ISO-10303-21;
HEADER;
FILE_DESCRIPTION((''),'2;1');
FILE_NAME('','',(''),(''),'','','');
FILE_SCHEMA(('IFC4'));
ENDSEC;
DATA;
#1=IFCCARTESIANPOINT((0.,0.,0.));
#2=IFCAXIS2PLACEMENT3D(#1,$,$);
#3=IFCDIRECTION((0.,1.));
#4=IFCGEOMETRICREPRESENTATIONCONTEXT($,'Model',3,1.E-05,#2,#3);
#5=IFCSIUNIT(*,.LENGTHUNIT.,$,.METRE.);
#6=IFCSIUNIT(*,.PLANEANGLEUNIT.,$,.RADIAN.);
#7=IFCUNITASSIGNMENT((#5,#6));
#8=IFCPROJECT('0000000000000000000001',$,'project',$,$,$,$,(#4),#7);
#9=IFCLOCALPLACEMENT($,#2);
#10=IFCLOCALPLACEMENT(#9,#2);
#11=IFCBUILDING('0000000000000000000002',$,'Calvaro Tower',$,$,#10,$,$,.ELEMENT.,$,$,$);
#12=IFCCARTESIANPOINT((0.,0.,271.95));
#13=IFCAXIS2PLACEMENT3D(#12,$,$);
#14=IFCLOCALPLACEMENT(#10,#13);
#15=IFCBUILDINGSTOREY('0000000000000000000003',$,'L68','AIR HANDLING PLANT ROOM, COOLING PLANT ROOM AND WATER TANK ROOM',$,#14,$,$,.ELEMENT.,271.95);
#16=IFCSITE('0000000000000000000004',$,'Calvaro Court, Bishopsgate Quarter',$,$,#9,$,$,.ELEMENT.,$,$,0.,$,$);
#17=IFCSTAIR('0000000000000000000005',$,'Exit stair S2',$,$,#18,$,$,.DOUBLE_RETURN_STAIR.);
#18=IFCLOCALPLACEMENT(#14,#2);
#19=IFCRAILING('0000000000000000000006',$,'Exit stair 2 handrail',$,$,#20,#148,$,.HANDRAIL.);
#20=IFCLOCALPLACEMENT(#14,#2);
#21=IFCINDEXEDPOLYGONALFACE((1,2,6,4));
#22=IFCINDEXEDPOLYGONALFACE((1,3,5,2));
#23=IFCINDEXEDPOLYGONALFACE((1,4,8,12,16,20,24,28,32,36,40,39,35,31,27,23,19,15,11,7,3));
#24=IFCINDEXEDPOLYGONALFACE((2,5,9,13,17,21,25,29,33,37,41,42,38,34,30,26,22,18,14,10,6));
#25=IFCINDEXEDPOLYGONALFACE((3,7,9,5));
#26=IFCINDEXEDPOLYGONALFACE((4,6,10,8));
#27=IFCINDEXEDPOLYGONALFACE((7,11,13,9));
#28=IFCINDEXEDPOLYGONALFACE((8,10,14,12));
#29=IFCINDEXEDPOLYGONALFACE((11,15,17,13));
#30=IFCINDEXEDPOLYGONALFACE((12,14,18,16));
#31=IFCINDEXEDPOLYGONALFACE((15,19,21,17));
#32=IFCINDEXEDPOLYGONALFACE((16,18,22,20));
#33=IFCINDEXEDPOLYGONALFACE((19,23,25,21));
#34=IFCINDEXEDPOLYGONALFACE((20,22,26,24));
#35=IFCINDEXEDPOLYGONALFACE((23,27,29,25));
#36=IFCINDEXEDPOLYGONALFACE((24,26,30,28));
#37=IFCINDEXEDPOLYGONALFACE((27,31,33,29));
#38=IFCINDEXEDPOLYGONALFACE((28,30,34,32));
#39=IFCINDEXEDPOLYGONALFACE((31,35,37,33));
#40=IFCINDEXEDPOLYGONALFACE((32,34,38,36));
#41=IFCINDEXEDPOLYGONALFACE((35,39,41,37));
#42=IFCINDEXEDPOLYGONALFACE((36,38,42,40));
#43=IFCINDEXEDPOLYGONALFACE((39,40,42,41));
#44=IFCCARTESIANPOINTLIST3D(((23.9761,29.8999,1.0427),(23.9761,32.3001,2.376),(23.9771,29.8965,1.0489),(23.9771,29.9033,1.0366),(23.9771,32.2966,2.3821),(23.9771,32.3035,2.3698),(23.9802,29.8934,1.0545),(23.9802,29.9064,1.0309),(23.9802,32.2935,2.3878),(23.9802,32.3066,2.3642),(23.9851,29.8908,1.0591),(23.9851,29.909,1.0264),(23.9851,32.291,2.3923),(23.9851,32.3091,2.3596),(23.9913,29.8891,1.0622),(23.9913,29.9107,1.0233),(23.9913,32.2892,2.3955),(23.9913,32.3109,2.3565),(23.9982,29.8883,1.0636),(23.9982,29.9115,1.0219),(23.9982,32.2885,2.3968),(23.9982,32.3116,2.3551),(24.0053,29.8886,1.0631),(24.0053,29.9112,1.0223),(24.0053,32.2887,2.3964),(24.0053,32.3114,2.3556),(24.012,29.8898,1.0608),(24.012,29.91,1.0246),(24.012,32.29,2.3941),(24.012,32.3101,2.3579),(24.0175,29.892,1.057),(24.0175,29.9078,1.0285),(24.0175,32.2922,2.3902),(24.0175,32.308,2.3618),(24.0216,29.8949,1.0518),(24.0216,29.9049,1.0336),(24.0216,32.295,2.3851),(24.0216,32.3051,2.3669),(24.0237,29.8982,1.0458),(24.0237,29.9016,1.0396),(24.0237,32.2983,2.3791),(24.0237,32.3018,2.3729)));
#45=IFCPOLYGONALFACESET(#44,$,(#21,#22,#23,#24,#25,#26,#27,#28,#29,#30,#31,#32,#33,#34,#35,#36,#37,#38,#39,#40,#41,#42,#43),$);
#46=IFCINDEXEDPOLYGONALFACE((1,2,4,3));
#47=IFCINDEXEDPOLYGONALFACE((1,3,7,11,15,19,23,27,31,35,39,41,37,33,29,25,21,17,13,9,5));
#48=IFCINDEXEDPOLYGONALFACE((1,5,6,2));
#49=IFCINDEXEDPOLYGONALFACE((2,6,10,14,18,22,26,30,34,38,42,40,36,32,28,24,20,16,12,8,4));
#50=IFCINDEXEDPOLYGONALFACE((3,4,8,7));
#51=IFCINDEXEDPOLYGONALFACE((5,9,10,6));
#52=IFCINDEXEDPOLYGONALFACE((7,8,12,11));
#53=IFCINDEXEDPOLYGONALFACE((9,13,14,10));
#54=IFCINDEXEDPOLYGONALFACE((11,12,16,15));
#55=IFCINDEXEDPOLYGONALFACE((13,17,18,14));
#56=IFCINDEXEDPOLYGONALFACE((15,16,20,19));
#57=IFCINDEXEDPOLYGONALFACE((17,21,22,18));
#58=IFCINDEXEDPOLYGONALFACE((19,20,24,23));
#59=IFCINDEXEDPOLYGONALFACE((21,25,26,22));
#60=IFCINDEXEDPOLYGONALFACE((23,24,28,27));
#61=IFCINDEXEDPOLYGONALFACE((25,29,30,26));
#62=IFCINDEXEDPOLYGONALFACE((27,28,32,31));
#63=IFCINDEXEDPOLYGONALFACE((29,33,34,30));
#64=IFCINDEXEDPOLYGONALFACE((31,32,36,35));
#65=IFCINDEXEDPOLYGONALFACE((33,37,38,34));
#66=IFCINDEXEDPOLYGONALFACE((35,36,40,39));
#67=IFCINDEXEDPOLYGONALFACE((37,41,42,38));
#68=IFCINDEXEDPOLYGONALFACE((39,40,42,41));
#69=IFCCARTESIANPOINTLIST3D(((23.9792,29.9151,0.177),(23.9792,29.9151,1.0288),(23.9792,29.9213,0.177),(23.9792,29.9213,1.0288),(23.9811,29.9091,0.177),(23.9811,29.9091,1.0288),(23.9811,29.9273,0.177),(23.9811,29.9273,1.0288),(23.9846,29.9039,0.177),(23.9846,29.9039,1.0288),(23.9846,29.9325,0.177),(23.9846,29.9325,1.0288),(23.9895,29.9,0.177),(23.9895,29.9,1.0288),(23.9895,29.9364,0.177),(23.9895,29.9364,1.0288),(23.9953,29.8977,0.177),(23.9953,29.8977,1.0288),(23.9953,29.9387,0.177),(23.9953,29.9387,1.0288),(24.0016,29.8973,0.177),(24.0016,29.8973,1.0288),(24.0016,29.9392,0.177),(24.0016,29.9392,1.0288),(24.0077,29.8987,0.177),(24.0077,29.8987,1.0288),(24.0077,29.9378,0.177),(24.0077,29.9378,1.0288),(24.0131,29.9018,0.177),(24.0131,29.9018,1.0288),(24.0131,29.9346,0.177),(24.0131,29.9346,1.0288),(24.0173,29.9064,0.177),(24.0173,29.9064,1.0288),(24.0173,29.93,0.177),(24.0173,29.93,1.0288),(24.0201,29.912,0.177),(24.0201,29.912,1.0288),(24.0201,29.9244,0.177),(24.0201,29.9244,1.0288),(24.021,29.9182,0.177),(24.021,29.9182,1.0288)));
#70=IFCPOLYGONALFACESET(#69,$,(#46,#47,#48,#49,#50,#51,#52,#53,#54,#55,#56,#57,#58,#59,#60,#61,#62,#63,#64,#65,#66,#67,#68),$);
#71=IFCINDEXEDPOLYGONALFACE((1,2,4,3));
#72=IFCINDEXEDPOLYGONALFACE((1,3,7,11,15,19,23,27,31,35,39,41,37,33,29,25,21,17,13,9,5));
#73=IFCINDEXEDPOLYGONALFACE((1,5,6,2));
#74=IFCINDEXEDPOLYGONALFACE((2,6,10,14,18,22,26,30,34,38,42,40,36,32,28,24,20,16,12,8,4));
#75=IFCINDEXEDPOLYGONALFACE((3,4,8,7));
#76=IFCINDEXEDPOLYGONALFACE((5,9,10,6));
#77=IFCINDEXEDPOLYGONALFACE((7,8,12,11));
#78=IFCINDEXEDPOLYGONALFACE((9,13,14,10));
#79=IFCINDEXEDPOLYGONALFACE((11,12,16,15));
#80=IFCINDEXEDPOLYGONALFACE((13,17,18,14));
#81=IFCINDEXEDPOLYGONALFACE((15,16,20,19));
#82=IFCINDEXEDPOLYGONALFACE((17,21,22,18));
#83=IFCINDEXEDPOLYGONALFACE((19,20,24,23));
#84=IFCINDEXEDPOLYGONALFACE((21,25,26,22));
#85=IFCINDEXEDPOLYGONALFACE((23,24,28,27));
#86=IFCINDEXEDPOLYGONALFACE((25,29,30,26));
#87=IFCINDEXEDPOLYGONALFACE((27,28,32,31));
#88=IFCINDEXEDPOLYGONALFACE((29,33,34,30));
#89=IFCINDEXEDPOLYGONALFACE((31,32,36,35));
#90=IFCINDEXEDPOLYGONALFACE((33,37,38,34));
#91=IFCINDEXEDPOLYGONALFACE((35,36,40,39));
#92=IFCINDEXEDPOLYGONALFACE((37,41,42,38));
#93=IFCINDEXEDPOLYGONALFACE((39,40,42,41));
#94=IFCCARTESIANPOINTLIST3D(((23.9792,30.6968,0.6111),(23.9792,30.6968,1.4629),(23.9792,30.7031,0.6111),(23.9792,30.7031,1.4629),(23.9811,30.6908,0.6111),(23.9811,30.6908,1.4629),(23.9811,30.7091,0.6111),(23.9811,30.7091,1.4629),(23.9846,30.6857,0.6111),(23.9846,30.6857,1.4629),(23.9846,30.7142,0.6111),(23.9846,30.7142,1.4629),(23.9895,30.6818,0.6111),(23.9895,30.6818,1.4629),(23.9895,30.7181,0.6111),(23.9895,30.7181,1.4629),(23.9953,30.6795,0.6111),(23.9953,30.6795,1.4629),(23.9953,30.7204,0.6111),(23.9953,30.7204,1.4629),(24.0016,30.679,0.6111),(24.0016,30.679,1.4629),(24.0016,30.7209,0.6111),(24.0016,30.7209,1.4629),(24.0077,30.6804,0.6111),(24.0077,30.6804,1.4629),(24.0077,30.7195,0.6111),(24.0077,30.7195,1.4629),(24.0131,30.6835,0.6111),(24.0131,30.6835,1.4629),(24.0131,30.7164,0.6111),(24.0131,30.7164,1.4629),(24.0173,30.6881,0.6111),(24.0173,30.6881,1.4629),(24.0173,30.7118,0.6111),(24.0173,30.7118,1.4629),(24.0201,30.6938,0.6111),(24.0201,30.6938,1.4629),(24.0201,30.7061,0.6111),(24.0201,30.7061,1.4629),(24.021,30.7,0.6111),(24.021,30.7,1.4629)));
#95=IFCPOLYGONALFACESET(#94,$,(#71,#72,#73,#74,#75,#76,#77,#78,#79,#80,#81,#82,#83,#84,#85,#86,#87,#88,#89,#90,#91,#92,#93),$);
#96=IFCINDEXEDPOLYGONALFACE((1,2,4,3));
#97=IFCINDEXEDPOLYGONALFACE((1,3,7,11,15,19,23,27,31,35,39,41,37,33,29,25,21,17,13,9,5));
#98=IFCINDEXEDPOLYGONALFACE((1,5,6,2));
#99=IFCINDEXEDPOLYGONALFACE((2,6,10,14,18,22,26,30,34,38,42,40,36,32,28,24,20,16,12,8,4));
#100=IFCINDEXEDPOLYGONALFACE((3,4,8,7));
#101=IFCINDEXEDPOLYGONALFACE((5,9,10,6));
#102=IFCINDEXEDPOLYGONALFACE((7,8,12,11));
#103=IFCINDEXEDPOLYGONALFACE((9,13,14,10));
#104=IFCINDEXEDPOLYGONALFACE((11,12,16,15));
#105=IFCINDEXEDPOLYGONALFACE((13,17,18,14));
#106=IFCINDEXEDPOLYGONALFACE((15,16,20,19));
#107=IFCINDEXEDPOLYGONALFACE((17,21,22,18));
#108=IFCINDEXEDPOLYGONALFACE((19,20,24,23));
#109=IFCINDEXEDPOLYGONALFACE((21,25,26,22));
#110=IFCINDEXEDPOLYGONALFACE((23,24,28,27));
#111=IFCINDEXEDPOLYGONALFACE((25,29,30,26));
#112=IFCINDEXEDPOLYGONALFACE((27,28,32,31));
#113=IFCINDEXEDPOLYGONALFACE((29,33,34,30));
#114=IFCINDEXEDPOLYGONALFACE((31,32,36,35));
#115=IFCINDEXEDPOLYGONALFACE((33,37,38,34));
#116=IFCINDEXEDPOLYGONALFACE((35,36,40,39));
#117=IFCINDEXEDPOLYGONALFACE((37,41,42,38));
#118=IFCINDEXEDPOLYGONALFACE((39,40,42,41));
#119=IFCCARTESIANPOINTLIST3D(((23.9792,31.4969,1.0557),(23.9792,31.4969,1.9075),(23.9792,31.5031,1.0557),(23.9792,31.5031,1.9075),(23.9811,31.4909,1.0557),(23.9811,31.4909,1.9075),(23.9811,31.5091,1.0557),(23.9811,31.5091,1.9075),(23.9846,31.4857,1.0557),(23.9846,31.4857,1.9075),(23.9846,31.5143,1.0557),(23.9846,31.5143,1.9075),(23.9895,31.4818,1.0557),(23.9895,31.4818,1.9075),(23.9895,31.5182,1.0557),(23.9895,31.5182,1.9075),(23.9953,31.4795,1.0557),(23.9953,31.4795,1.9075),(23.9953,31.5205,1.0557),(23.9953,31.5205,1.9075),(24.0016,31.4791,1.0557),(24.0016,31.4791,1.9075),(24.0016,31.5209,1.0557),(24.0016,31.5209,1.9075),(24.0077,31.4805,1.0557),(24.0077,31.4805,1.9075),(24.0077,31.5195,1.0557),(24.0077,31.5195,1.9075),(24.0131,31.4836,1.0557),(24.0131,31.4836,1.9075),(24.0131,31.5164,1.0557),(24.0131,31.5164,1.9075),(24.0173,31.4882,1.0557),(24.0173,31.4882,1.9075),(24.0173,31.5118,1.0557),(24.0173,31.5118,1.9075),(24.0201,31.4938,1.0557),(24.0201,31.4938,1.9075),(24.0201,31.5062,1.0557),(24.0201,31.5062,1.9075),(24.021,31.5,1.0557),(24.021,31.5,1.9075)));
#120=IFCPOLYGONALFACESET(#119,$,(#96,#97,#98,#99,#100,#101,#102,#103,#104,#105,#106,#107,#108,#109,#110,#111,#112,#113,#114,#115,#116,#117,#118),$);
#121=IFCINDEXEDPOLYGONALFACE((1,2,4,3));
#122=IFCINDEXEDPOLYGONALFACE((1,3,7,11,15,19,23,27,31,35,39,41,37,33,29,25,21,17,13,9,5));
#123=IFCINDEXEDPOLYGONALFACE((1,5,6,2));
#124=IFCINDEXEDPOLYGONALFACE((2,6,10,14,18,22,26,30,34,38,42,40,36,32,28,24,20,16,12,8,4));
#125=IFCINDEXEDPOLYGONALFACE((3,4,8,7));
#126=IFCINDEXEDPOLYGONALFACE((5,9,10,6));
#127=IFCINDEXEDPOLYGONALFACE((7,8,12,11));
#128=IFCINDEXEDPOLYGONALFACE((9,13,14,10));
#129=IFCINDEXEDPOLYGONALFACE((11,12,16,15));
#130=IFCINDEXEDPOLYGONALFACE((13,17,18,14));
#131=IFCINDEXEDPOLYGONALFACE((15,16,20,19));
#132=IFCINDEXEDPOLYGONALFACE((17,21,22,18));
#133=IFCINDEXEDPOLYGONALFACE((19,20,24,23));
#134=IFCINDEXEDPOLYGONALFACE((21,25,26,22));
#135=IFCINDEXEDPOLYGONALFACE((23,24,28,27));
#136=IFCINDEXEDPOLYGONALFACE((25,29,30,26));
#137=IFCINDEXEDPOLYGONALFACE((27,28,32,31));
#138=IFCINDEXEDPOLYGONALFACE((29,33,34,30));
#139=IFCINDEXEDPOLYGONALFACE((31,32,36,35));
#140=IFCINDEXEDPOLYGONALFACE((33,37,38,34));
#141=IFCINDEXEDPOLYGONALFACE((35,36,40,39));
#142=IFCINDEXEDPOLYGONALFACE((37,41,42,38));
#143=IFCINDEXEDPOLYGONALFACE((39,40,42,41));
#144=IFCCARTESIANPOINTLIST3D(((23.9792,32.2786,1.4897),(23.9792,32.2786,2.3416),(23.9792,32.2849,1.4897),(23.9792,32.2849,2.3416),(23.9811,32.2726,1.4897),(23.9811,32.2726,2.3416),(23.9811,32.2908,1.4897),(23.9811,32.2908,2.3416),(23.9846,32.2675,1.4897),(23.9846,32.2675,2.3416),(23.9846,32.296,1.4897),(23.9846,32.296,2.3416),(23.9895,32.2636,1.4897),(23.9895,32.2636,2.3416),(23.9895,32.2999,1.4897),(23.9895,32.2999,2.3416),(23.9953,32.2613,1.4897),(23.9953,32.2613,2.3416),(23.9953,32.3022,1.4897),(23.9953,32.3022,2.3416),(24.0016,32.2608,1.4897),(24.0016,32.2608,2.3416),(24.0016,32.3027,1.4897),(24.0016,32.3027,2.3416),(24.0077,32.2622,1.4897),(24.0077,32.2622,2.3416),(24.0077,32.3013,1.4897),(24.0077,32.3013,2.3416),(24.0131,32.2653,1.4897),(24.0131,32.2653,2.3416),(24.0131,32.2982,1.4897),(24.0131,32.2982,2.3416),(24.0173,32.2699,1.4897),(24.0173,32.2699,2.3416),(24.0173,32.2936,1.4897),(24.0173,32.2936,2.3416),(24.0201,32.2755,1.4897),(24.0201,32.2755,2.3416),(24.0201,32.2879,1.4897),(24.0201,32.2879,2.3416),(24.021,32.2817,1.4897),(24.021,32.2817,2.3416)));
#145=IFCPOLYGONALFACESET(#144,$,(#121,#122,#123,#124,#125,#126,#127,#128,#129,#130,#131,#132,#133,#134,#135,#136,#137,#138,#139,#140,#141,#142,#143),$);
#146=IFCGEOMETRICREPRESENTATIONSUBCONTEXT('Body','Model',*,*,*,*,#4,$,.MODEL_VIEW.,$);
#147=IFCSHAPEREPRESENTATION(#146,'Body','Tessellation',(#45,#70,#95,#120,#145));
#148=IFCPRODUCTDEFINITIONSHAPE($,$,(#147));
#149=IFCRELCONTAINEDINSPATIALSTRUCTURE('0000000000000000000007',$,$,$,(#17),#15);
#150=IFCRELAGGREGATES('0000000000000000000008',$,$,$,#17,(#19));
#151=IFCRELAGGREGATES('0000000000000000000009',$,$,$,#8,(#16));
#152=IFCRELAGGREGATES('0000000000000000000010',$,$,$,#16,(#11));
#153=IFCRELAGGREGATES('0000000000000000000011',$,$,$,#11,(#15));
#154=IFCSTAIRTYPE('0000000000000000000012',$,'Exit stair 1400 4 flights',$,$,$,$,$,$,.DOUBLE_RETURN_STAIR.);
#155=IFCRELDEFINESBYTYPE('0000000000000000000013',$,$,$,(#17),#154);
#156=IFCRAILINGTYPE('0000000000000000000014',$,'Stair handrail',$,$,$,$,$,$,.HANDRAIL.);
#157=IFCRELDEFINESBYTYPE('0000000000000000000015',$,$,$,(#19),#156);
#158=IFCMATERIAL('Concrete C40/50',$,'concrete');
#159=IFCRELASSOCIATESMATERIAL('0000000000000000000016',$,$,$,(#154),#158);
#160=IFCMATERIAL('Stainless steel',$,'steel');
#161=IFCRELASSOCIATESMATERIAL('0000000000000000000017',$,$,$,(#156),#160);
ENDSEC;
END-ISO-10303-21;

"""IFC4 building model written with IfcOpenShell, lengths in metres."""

from ifc_helpers import new_model, si_unit, direction, frame, origin, origin_2d, place, context, subcontext, project, spatial, circle, extrude, material, type_object, element, aggregate, save


model = new_model("IFC4")

# Units and contexts
model_context = context("Model", 3, precision=1e-05, world=origin(), true_north=direction((0.0, 1.0)))
body_context = subcontext(model_context, "Body", "Model", "MODEL_VIEW")
ifc_project = project(units=[si_unit("LENGTHUNIT", "METRE"), si_unit("PLANEANGLEUNIT", "RADIAN")], contexts=[model_context])

# Site, building, storey
site_placement = place(None, origin())
site = spatial("IfcSite", under=ifc_project, at=site_placement, Name="Calvaro Court, Bishopsgate Quarter", CompositionType="ELEMENT", RefElevation=0.0)
building_placement = place(site_placement, origin())
building = spatial("IfcBuilding", under=site, at=building_placement, Name="Calvaro Tower", CompositionType="ELEMENT")
storey_placement = place(building_placement, frame((0.0, 0.0, 271.95)))
storey = spatial("IfcBuildingStorey", under=building, at=storey_placement, Name="L68", Description="AIR HANDLING PLANT ROOM, COOLING PLANT ROOM AND WATER TANK ROOM", CompositionType="ELEMENT", Elevation=271.95)

# Stair
ifc_material_1 = material(Name="Concrete C40/50", Category="concrete")
stair_type = type_object("IfcStairType", Name="Exit stair 1400 4 flights", PredefinedType="DOUBLE_RETURN_STAIR", material=ifc_material_1)
stair_placement = place(storey_placement, origin())
stair = element("IfcStair", 1, at=stair_placement, inside=storey, type_object=stair_type, Name="Exit stair S2", PredefinedType="DOUBLE_RETURN_STAIR")

# Railing
ifc_material_2 = material(Name="Stainless steel", Category="steel")
railing_type = type_object("IfcRailingType", Name="Stair handrail", PredefinedType="HANDRAIL", material=ifc_material_2)
railing_1_placement = place(storey_placement, frame((24.0, 29.8999, 0.1667)))
railing_1 = element("IfcRailing", 2, at=railing_1_placement, type_object=railing_type, Name="Exit stair 2 handrail", PredefinedType="HANDRAIL", context=body_context, shape_type="SweptSolid", body=[
    extrude(circle(Radius=0.0239, at=origin_2d()), frame((0.0, 0.0, 0.876), z_axis=(0.0, 0.874182, 0.485598), x_axis=(-1.0, 0.0, 0.0)), (0.0, 0.0, 1.0), 2.7456),
    extrude(circle(Radius=0.021, at=origin_2d()), frame((0.0, 0.0183, 0.0103)), (0.0, 0.0, 1.0), 0.8518),
    extrude(circle(Radius=0.021, at=origin_2d()), frame((0.0, 0.8, 0.4443)), (0.0, 0.0, 1.0), 0.8518),
    extrude(circle(Radius=0.021, at=origin_2d()), frame((0.0, 1.6001, 0.8889)), (0.0, 0.0, 1.0), 0.8518),
    extrude(circle(Radius=0.021, at=origin_2d()), frame((0.0, 2.3818, 1.323)), (0.0, 0.0, 1.0), 0.8518),
])
aggregate(stair, [railing_1])

save(model, "model.ifc")
